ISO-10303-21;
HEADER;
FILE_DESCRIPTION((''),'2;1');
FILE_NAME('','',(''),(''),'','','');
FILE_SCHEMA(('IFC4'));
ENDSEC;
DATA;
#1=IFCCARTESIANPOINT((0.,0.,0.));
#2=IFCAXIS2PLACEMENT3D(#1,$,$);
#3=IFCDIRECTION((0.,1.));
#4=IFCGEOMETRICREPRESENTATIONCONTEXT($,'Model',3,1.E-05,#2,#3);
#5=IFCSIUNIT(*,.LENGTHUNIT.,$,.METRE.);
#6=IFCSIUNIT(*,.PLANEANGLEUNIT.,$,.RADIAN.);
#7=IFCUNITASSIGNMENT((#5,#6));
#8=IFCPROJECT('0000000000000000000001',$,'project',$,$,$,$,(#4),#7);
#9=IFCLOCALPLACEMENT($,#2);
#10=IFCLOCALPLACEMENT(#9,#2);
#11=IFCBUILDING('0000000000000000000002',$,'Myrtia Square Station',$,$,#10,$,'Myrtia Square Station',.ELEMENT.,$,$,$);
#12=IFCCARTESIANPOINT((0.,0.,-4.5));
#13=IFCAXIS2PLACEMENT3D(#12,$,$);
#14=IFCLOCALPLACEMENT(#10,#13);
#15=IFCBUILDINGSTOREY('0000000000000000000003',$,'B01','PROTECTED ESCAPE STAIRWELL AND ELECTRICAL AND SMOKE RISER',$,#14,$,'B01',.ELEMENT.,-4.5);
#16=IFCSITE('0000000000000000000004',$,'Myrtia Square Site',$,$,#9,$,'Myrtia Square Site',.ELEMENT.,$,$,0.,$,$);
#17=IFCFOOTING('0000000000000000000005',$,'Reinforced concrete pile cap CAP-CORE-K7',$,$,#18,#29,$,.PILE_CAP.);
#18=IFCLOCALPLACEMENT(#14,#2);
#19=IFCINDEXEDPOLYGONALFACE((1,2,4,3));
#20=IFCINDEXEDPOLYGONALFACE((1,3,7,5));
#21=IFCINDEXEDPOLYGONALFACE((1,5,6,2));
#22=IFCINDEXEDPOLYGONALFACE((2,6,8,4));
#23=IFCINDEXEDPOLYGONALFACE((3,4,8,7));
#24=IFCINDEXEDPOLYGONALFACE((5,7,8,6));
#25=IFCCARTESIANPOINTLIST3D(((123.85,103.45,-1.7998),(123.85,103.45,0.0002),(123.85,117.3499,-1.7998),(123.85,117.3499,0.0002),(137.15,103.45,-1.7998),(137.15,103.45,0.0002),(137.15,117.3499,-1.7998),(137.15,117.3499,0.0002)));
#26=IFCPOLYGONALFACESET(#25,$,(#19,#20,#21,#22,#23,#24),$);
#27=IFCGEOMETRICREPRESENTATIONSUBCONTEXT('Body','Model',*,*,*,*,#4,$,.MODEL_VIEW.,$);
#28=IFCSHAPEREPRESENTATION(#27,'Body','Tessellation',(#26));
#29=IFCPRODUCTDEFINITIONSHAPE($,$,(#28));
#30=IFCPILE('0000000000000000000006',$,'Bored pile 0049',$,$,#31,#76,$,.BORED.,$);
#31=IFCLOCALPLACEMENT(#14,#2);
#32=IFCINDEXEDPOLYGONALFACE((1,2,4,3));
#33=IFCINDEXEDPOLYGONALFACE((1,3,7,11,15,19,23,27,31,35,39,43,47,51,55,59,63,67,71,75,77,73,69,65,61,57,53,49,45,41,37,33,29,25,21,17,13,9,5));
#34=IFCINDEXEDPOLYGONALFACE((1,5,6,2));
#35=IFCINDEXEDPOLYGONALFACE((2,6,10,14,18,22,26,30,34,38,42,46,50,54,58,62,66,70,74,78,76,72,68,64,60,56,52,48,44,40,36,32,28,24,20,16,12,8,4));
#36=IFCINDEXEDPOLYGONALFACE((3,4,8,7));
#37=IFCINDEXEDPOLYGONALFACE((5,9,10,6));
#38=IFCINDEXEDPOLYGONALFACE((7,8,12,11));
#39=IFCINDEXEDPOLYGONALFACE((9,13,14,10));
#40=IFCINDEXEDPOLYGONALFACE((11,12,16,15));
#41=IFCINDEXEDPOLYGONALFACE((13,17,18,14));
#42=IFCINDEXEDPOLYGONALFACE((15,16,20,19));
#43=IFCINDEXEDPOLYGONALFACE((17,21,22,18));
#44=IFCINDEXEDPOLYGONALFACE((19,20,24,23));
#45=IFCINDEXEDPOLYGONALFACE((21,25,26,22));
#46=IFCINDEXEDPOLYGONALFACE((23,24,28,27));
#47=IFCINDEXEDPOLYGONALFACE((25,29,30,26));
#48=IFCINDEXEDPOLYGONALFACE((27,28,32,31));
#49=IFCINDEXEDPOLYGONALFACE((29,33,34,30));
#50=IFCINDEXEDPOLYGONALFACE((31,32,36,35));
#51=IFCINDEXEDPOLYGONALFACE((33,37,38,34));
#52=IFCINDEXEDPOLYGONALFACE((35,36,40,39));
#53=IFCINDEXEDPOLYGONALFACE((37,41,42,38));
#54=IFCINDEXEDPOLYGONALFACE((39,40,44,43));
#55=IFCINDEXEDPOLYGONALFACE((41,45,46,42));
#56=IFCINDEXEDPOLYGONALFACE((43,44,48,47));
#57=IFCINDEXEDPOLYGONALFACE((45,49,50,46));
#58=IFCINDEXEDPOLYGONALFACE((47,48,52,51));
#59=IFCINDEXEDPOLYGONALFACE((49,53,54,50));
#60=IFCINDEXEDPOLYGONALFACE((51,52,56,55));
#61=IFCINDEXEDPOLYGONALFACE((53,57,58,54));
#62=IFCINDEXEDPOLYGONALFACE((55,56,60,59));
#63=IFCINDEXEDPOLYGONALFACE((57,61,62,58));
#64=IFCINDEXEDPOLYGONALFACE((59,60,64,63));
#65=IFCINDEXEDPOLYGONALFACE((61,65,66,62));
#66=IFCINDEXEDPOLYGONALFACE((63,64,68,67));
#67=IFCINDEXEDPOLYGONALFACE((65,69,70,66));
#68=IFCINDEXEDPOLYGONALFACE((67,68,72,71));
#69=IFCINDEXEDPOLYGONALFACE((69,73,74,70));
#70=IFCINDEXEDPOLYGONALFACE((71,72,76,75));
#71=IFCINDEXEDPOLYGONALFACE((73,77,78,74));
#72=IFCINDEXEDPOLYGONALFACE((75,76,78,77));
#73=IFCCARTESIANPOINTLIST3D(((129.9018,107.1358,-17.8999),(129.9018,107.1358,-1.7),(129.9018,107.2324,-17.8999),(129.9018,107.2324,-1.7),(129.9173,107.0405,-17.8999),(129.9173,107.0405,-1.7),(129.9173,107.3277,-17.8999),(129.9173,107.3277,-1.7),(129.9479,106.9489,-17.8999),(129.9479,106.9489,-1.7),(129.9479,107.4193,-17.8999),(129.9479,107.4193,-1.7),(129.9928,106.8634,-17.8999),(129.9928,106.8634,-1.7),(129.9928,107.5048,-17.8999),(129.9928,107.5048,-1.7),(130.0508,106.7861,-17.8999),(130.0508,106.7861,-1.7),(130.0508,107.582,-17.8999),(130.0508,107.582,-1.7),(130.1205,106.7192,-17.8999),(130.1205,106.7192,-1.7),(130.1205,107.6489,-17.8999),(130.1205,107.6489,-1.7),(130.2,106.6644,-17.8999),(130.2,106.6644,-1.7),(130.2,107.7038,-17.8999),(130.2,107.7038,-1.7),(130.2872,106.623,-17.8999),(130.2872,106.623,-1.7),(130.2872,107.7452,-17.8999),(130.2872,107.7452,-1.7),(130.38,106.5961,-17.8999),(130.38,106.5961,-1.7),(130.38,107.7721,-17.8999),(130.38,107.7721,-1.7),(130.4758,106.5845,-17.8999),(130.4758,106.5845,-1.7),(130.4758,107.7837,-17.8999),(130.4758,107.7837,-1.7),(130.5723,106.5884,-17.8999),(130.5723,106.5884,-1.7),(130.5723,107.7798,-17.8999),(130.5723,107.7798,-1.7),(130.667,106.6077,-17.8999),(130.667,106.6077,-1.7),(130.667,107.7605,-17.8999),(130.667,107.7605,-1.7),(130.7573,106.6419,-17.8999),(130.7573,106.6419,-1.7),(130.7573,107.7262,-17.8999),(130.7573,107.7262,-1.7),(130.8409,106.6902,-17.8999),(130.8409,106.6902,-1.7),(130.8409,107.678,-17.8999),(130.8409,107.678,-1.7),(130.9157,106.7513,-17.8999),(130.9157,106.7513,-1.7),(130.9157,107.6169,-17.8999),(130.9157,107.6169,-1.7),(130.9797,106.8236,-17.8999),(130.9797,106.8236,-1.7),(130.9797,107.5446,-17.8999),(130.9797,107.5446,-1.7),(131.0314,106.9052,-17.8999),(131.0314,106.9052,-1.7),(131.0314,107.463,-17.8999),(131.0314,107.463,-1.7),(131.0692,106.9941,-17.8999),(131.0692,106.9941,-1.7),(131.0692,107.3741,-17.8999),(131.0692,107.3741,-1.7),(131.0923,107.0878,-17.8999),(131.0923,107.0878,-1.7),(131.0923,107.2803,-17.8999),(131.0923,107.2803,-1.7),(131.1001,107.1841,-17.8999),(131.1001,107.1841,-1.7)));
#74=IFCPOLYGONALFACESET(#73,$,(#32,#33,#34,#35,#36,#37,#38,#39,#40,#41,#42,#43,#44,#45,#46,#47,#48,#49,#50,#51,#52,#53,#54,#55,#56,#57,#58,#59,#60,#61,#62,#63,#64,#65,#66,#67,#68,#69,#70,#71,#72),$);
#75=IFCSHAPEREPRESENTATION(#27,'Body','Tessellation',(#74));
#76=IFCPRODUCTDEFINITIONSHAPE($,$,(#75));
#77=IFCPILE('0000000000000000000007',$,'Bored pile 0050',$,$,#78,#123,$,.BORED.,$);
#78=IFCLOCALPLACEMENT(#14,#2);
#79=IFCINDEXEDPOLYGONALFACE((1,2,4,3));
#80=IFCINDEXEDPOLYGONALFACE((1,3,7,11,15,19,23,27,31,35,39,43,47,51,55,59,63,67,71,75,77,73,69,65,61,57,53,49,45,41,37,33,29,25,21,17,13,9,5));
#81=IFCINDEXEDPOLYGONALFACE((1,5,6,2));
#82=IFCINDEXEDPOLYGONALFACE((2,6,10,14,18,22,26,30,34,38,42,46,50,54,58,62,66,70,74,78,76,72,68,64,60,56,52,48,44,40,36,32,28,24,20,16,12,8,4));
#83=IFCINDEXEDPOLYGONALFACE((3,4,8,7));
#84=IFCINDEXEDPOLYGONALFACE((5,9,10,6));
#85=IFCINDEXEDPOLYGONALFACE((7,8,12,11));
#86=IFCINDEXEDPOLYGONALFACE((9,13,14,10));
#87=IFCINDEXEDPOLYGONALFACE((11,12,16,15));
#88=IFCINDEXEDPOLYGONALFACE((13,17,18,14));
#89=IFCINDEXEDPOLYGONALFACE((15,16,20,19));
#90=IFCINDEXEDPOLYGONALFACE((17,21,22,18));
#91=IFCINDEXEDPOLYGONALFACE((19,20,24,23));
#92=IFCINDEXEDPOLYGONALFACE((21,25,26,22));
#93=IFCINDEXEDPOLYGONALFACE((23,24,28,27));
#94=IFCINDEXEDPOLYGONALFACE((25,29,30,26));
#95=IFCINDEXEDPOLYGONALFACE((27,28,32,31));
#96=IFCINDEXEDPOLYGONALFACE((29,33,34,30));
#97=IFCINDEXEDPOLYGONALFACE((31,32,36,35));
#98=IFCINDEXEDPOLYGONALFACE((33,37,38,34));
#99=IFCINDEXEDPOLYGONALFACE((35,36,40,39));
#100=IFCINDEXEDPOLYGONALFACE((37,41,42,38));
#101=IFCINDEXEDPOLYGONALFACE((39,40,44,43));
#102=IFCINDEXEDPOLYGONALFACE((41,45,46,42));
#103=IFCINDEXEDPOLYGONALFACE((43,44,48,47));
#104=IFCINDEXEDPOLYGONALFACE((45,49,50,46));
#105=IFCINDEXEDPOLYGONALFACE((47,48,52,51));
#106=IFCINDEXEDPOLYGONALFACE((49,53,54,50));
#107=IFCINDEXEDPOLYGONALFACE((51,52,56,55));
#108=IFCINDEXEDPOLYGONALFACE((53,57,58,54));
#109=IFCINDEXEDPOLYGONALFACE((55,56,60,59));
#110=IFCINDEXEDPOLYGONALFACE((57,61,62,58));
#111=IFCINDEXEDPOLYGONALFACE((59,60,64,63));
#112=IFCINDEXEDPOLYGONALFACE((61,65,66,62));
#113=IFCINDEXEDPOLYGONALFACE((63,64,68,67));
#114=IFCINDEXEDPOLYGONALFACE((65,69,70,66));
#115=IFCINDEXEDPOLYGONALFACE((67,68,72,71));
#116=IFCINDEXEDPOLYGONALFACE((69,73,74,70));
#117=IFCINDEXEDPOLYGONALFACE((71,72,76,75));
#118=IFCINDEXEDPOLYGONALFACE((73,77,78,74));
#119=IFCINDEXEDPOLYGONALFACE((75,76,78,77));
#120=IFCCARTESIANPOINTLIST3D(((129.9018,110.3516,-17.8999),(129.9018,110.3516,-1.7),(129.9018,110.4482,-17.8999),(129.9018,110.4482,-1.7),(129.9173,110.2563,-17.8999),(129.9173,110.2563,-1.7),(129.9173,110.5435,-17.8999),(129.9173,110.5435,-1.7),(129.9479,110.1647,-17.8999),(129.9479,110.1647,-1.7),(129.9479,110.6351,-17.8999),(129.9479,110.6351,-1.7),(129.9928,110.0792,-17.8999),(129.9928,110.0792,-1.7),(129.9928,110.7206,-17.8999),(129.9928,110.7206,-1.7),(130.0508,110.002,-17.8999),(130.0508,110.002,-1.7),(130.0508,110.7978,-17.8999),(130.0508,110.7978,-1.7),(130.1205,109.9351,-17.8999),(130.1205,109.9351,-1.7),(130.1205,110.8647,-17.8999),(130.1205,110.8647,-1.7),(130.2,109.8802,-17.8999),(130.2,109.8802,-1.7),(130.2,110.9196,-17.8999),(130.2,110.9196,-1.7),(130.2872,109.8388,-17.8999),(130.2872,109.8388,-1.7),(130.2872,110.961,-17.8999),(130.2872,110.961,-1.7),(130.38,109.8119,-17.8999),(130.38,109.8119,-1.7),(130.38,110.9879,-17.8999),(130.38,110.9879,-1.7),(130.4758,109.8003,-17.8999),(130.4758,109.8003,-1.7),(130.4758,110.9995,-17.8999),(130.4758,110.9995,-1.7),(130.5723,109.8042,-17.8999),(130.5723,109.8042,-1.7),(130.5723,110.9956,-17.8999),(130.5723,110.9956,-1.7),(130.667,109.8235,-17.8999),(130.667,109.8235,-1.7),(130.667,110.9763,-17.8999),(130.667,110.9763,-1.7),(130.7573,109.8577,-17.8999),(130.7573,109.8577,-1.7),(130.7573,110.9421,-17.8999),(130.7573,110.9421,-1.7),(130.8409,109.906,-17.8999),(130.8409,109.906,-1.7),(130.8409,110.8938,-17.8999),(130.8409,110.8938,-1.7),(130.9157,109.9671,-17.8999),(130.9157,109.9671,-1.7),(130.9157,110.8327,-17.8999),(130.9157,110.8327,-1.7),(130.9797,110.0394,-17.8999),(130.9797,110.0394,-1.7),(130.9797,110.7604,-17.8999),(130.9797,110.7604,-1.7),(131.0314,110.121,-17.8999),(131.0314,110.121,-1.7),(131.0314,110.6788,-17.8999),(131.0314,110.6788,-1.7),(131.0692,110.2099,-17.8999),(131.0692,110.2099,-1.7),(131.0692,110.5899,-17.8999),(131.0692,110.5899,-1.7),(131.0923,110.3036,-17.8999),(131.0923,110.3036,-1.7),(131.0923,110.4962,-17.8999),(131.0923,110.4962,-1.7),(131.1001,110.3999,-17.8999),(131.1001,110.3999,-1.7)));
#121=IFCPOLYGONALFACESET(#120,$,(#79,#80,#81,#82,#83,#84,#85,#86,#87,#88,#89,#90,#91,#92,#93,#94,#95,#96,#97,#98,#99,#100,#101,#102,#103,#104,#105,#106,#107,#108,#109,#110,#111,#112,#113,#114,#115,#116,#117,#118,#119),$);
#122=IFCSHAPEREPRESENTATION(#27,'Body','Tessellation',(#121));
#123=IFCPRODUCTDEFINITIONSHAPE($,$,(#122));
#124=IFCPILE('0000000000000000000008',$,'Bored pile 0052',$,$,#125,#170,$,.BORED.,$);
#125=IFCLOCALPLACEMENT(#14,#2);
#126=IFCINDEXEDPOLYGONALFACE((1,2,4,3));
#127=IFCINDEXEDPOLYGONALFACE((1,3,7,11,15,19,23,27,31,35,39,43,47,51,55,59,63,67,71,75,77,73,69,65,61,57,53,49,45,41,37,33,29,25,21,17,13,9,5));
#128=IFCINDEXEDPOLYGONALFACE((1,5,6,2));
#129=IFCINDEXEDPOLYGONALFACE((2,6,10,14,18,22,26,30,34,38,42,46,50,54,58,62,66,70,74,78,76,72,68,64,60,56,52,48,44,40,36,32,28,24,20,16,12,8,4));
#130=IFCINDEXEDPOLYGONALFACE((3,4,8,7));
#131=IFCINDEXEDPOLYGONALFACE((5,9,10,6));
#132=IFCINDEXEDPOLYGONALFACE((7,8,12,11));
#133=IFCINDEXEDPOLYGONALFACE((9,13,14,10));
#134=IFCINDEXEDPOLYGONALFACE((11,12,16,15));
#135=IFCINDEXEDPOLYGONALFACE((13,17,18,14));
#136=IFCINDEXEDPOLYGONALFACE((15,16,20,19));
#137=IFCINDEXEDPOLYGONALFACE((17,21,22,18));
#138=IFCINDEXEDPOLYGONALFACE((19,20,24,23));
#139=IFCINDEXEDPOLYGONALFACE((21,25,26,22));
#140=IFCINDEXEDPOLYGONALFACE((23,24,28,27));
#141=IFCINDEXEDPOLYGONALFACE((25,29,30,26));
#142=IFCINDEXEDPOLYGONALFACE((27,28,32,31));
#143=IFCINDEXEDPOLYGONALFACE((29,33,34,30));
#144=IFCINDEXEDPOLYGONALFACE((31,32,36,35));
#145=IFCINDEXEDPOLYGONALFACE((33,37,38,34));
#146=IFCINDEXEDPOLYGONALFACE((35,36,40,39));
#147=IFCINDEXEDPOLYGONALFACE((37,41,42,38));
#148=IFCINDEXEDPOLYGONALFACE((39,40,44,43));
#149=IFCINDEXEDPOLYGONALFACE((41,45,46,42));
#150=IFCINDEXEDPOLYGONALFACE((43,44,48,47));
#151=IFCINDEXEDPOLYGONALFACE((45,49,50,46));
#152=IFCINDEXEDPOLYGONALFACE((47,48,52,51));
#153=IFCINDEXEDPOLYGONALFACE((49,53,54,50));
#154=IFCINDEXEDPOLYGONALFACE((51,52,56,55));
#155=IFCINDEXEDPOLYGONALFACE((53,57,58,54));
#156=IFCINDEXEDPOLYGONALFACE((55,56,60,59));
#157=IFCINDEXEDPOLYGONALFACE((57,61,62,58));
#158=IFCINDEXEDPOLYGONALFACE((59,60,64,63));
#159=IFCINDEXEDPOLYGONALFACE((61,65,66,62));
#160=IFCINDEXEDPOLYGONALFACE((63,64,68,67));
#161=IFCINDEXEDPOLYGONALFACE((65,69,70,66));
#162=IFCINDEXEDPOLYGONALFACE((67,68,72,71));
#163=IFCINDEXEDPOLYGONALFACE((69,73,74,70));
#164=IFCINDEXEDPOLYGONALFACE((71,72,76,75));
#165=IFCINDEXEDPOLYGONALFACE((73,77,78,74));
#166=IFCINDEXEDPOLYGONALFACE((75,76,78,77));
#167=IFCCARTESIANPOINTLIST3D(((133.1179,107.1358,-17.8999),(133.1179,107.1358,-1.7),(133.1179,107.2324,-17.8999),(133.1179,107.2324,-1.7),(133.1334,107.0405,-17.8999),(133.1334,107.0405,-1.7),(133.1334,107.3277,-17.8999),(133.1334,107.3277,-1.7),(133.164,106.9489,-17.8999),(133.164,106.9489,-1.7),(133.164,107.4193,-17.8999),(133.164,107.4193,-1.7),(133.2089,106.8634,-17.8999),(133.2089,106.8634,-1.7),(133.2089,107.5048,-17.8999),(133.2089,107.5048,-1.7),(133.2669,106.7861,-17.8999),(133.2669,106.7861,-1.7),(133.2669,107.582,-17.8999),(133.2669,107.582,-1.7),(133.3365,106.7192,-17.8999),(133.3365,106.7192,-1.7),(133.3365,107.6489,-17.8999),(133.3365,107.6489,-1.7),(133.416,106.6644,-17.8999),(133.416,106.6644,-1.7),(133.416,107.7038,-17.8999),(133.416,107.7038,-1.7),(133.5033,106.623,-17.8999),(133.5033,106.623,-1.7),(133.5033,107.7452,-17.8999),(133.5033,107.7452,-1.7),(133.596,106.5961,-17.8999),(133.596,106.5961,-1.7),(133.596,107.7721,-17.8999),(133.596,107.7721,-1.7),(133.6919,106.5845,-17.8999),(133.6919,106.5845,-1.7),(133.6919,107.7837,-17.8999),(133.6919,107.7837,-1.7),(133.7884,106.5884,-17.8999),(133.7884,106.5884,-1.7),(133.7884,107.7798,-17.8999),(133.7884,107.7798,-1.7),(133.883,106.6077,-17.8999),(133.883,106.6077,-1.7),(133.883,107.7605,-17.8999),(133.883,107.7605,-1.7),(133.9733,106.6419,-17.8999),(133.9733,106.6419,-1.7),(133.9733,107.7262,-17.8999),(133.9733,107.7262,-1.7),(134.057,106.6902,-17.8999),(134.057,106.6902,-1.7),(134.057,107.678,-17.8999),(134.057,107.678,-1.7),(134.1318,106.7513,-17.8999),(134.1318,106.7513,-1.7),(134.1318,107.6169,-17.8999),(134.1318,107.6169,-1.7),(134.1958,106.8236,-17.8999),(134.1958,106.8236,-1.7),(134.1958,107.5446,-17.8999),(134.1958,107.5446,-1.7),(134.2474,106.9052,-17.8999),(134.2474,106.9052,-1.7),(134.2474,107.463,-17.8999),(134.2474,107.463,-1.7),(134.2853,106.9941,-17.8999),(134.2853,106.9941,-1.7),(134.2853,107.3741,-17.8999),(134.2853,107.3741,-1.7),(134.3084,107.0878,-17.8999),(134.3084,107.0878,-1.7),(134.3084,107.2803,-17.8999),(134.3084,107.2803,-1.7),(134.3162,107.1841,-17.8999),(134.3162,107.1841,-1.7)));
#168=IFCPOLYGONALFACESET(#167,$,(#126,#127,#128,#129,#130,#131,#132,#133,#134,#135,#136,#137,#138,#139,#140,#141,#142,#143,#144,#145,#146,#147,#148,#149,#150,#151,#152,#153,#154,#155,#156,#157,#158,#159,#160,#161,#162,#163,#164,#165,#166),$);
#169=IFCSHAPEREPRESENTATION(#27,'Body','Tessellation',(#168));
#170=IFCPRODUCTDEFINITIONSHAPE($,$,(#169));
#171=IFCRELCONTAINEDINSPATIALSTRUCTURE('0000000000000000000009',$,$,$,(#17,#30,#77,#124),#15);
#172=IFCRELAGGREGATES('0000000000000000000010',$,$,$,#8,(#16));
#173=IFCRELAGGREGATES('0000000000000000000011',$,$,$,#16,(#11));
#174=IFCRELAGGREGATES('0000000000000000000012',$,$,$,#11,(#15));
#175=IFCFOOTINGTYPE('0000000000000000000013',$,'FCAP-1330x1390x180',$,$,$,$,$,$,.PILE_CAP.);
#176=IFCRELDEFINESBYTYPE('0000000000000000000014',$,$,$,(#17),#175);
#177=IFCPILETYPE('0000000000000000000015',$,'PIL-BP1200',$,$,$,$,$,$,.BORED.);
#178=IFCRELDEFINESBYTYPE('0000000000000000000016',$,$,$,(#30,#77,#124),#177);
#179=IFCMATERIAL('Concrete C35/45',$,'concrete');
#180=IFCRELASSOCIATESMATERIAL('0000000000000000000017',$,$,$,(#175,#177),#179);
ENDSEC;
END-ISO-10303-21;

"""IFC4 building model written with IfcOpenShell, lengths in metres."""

from ifc_helpers import new_model, si_unit, direction, frame, origin, origin_2d, place, context, subcontext, project, spatial, rectangle, circle, extrude, material, material_profile, profile_set, type_object, element, save


model = new_model("IFC4")

# Units and contexts
model_context = context("Model", 3, precision=1e-05, world=origin(), true_north=direction((0.0, 1.0)))
body_context = subcontext(model_context, "Body", "Model", "MODEL_VIEW")
ifc_project = project(units=[si_unit("LENGTHUNIT", "METRE"), si_unit("PLANEANGLEUNIT", "RADIAN")], contexts=[model_context])

# Site, building, storey
site_placement = place(None, origin())
site = spatial("IfcSite", under=ifc_project, at=site_placement, Name="Myrtia Square Site", LongName="Myrtia Square Site", CompositionType="ELEMENT", RefElevation=0.0)
building_placement = place(site_placement, origin())
building = spatial("IfcBuilding", under=site, at=building_placement, Name="Myrtia Square Station", LongName="Myrtia Square Station", CompositionType="ELEMENT")
storey_placement = place(building_placement, frame((0.0, 0.0, -4.5)))
storey = spatial("IfcBuildingStorey", under=building, at=storey_placement, Name="B01", Description="PROTECTED ESCAPE STAIRWELL AND ELECTRICAL AND SMOKE RISER", LongName="B01", CompositionType="ELEMENT", Elevation=-4.5)

# Footing
ifc_material_1 = material(Name="Concrete C35/45", Category="concrete")
footing_type = type_object("IfcFootingType", Name="FCAP-1330x1390x180", PredefinedType="PILE_CAP", material=ifc_material_1)
footing_placement = place(storey_placement, frame((130.5, 110.3999, -1.7998), z_axis=(0.0, 0.0, 1.0), x_axis=(1.0, 0.0, 0.0)))
element("IfcFooting", 1, at=footing_placement, inside=storey, type_object=footing_type, Name="Reinforced concrete pile cap CAP-CORE-K7", PredefinedType="PILE_CAP", context=body_context, shape_type="SweptSolid", body=[
    extrude(rectangle(XDim=13.3, YDim=13.8999, at=origin_2d()), origin(), (0.0, 0.0, 1.0), 1.8),
])

# Piles
ifc_material_profile_1 = material_profile(ifc_material_1, circle(Radius=0.6001, at=origin_2d()), Name="BP D1200")
ifc_profile_set_1 = profile_set([ifc_material_profile_1], Name="Concrete C35/45")
pile_type = type_object("IfcPileType", Name="PIL-BP1200", PredefinedType="BORED", material=ifc_profile_set_1)
for number, where, z_axis, x_axis, name in (
    (2, (130.5, 107.1841, -1.7), (0.0, 0.0, -1.0), (1.0, 0.0, 0.0), "Bored pile 0049"),
    (3, (130.5, 110.3999, -1.7), (0.0, 0.0, -1.0), (1.0, 0.0, 0.0), "Bored pile 0050"),
    (4, (133.7161, 107.1841, -1.7), (0.0, 0.0, -1.0), (1.0, 0.0, 0.0), "Bored pile 0052"),
):
    element("IfcPile", number, at=place(storey_placement, frame(where, z_axis=z_axis, x_axis=x_axis)), inside=storey, type_object=pile_type, Name=name, PredefinedType="BORED", context=body_context, shape_type="SweptSolid", body=[
        extrude(circle(Radius=0.6001, at=origin_2d()), origin(), (0.0, 0.0, 1.0), 16.2),
    ])

save(model, "model.ifc")
